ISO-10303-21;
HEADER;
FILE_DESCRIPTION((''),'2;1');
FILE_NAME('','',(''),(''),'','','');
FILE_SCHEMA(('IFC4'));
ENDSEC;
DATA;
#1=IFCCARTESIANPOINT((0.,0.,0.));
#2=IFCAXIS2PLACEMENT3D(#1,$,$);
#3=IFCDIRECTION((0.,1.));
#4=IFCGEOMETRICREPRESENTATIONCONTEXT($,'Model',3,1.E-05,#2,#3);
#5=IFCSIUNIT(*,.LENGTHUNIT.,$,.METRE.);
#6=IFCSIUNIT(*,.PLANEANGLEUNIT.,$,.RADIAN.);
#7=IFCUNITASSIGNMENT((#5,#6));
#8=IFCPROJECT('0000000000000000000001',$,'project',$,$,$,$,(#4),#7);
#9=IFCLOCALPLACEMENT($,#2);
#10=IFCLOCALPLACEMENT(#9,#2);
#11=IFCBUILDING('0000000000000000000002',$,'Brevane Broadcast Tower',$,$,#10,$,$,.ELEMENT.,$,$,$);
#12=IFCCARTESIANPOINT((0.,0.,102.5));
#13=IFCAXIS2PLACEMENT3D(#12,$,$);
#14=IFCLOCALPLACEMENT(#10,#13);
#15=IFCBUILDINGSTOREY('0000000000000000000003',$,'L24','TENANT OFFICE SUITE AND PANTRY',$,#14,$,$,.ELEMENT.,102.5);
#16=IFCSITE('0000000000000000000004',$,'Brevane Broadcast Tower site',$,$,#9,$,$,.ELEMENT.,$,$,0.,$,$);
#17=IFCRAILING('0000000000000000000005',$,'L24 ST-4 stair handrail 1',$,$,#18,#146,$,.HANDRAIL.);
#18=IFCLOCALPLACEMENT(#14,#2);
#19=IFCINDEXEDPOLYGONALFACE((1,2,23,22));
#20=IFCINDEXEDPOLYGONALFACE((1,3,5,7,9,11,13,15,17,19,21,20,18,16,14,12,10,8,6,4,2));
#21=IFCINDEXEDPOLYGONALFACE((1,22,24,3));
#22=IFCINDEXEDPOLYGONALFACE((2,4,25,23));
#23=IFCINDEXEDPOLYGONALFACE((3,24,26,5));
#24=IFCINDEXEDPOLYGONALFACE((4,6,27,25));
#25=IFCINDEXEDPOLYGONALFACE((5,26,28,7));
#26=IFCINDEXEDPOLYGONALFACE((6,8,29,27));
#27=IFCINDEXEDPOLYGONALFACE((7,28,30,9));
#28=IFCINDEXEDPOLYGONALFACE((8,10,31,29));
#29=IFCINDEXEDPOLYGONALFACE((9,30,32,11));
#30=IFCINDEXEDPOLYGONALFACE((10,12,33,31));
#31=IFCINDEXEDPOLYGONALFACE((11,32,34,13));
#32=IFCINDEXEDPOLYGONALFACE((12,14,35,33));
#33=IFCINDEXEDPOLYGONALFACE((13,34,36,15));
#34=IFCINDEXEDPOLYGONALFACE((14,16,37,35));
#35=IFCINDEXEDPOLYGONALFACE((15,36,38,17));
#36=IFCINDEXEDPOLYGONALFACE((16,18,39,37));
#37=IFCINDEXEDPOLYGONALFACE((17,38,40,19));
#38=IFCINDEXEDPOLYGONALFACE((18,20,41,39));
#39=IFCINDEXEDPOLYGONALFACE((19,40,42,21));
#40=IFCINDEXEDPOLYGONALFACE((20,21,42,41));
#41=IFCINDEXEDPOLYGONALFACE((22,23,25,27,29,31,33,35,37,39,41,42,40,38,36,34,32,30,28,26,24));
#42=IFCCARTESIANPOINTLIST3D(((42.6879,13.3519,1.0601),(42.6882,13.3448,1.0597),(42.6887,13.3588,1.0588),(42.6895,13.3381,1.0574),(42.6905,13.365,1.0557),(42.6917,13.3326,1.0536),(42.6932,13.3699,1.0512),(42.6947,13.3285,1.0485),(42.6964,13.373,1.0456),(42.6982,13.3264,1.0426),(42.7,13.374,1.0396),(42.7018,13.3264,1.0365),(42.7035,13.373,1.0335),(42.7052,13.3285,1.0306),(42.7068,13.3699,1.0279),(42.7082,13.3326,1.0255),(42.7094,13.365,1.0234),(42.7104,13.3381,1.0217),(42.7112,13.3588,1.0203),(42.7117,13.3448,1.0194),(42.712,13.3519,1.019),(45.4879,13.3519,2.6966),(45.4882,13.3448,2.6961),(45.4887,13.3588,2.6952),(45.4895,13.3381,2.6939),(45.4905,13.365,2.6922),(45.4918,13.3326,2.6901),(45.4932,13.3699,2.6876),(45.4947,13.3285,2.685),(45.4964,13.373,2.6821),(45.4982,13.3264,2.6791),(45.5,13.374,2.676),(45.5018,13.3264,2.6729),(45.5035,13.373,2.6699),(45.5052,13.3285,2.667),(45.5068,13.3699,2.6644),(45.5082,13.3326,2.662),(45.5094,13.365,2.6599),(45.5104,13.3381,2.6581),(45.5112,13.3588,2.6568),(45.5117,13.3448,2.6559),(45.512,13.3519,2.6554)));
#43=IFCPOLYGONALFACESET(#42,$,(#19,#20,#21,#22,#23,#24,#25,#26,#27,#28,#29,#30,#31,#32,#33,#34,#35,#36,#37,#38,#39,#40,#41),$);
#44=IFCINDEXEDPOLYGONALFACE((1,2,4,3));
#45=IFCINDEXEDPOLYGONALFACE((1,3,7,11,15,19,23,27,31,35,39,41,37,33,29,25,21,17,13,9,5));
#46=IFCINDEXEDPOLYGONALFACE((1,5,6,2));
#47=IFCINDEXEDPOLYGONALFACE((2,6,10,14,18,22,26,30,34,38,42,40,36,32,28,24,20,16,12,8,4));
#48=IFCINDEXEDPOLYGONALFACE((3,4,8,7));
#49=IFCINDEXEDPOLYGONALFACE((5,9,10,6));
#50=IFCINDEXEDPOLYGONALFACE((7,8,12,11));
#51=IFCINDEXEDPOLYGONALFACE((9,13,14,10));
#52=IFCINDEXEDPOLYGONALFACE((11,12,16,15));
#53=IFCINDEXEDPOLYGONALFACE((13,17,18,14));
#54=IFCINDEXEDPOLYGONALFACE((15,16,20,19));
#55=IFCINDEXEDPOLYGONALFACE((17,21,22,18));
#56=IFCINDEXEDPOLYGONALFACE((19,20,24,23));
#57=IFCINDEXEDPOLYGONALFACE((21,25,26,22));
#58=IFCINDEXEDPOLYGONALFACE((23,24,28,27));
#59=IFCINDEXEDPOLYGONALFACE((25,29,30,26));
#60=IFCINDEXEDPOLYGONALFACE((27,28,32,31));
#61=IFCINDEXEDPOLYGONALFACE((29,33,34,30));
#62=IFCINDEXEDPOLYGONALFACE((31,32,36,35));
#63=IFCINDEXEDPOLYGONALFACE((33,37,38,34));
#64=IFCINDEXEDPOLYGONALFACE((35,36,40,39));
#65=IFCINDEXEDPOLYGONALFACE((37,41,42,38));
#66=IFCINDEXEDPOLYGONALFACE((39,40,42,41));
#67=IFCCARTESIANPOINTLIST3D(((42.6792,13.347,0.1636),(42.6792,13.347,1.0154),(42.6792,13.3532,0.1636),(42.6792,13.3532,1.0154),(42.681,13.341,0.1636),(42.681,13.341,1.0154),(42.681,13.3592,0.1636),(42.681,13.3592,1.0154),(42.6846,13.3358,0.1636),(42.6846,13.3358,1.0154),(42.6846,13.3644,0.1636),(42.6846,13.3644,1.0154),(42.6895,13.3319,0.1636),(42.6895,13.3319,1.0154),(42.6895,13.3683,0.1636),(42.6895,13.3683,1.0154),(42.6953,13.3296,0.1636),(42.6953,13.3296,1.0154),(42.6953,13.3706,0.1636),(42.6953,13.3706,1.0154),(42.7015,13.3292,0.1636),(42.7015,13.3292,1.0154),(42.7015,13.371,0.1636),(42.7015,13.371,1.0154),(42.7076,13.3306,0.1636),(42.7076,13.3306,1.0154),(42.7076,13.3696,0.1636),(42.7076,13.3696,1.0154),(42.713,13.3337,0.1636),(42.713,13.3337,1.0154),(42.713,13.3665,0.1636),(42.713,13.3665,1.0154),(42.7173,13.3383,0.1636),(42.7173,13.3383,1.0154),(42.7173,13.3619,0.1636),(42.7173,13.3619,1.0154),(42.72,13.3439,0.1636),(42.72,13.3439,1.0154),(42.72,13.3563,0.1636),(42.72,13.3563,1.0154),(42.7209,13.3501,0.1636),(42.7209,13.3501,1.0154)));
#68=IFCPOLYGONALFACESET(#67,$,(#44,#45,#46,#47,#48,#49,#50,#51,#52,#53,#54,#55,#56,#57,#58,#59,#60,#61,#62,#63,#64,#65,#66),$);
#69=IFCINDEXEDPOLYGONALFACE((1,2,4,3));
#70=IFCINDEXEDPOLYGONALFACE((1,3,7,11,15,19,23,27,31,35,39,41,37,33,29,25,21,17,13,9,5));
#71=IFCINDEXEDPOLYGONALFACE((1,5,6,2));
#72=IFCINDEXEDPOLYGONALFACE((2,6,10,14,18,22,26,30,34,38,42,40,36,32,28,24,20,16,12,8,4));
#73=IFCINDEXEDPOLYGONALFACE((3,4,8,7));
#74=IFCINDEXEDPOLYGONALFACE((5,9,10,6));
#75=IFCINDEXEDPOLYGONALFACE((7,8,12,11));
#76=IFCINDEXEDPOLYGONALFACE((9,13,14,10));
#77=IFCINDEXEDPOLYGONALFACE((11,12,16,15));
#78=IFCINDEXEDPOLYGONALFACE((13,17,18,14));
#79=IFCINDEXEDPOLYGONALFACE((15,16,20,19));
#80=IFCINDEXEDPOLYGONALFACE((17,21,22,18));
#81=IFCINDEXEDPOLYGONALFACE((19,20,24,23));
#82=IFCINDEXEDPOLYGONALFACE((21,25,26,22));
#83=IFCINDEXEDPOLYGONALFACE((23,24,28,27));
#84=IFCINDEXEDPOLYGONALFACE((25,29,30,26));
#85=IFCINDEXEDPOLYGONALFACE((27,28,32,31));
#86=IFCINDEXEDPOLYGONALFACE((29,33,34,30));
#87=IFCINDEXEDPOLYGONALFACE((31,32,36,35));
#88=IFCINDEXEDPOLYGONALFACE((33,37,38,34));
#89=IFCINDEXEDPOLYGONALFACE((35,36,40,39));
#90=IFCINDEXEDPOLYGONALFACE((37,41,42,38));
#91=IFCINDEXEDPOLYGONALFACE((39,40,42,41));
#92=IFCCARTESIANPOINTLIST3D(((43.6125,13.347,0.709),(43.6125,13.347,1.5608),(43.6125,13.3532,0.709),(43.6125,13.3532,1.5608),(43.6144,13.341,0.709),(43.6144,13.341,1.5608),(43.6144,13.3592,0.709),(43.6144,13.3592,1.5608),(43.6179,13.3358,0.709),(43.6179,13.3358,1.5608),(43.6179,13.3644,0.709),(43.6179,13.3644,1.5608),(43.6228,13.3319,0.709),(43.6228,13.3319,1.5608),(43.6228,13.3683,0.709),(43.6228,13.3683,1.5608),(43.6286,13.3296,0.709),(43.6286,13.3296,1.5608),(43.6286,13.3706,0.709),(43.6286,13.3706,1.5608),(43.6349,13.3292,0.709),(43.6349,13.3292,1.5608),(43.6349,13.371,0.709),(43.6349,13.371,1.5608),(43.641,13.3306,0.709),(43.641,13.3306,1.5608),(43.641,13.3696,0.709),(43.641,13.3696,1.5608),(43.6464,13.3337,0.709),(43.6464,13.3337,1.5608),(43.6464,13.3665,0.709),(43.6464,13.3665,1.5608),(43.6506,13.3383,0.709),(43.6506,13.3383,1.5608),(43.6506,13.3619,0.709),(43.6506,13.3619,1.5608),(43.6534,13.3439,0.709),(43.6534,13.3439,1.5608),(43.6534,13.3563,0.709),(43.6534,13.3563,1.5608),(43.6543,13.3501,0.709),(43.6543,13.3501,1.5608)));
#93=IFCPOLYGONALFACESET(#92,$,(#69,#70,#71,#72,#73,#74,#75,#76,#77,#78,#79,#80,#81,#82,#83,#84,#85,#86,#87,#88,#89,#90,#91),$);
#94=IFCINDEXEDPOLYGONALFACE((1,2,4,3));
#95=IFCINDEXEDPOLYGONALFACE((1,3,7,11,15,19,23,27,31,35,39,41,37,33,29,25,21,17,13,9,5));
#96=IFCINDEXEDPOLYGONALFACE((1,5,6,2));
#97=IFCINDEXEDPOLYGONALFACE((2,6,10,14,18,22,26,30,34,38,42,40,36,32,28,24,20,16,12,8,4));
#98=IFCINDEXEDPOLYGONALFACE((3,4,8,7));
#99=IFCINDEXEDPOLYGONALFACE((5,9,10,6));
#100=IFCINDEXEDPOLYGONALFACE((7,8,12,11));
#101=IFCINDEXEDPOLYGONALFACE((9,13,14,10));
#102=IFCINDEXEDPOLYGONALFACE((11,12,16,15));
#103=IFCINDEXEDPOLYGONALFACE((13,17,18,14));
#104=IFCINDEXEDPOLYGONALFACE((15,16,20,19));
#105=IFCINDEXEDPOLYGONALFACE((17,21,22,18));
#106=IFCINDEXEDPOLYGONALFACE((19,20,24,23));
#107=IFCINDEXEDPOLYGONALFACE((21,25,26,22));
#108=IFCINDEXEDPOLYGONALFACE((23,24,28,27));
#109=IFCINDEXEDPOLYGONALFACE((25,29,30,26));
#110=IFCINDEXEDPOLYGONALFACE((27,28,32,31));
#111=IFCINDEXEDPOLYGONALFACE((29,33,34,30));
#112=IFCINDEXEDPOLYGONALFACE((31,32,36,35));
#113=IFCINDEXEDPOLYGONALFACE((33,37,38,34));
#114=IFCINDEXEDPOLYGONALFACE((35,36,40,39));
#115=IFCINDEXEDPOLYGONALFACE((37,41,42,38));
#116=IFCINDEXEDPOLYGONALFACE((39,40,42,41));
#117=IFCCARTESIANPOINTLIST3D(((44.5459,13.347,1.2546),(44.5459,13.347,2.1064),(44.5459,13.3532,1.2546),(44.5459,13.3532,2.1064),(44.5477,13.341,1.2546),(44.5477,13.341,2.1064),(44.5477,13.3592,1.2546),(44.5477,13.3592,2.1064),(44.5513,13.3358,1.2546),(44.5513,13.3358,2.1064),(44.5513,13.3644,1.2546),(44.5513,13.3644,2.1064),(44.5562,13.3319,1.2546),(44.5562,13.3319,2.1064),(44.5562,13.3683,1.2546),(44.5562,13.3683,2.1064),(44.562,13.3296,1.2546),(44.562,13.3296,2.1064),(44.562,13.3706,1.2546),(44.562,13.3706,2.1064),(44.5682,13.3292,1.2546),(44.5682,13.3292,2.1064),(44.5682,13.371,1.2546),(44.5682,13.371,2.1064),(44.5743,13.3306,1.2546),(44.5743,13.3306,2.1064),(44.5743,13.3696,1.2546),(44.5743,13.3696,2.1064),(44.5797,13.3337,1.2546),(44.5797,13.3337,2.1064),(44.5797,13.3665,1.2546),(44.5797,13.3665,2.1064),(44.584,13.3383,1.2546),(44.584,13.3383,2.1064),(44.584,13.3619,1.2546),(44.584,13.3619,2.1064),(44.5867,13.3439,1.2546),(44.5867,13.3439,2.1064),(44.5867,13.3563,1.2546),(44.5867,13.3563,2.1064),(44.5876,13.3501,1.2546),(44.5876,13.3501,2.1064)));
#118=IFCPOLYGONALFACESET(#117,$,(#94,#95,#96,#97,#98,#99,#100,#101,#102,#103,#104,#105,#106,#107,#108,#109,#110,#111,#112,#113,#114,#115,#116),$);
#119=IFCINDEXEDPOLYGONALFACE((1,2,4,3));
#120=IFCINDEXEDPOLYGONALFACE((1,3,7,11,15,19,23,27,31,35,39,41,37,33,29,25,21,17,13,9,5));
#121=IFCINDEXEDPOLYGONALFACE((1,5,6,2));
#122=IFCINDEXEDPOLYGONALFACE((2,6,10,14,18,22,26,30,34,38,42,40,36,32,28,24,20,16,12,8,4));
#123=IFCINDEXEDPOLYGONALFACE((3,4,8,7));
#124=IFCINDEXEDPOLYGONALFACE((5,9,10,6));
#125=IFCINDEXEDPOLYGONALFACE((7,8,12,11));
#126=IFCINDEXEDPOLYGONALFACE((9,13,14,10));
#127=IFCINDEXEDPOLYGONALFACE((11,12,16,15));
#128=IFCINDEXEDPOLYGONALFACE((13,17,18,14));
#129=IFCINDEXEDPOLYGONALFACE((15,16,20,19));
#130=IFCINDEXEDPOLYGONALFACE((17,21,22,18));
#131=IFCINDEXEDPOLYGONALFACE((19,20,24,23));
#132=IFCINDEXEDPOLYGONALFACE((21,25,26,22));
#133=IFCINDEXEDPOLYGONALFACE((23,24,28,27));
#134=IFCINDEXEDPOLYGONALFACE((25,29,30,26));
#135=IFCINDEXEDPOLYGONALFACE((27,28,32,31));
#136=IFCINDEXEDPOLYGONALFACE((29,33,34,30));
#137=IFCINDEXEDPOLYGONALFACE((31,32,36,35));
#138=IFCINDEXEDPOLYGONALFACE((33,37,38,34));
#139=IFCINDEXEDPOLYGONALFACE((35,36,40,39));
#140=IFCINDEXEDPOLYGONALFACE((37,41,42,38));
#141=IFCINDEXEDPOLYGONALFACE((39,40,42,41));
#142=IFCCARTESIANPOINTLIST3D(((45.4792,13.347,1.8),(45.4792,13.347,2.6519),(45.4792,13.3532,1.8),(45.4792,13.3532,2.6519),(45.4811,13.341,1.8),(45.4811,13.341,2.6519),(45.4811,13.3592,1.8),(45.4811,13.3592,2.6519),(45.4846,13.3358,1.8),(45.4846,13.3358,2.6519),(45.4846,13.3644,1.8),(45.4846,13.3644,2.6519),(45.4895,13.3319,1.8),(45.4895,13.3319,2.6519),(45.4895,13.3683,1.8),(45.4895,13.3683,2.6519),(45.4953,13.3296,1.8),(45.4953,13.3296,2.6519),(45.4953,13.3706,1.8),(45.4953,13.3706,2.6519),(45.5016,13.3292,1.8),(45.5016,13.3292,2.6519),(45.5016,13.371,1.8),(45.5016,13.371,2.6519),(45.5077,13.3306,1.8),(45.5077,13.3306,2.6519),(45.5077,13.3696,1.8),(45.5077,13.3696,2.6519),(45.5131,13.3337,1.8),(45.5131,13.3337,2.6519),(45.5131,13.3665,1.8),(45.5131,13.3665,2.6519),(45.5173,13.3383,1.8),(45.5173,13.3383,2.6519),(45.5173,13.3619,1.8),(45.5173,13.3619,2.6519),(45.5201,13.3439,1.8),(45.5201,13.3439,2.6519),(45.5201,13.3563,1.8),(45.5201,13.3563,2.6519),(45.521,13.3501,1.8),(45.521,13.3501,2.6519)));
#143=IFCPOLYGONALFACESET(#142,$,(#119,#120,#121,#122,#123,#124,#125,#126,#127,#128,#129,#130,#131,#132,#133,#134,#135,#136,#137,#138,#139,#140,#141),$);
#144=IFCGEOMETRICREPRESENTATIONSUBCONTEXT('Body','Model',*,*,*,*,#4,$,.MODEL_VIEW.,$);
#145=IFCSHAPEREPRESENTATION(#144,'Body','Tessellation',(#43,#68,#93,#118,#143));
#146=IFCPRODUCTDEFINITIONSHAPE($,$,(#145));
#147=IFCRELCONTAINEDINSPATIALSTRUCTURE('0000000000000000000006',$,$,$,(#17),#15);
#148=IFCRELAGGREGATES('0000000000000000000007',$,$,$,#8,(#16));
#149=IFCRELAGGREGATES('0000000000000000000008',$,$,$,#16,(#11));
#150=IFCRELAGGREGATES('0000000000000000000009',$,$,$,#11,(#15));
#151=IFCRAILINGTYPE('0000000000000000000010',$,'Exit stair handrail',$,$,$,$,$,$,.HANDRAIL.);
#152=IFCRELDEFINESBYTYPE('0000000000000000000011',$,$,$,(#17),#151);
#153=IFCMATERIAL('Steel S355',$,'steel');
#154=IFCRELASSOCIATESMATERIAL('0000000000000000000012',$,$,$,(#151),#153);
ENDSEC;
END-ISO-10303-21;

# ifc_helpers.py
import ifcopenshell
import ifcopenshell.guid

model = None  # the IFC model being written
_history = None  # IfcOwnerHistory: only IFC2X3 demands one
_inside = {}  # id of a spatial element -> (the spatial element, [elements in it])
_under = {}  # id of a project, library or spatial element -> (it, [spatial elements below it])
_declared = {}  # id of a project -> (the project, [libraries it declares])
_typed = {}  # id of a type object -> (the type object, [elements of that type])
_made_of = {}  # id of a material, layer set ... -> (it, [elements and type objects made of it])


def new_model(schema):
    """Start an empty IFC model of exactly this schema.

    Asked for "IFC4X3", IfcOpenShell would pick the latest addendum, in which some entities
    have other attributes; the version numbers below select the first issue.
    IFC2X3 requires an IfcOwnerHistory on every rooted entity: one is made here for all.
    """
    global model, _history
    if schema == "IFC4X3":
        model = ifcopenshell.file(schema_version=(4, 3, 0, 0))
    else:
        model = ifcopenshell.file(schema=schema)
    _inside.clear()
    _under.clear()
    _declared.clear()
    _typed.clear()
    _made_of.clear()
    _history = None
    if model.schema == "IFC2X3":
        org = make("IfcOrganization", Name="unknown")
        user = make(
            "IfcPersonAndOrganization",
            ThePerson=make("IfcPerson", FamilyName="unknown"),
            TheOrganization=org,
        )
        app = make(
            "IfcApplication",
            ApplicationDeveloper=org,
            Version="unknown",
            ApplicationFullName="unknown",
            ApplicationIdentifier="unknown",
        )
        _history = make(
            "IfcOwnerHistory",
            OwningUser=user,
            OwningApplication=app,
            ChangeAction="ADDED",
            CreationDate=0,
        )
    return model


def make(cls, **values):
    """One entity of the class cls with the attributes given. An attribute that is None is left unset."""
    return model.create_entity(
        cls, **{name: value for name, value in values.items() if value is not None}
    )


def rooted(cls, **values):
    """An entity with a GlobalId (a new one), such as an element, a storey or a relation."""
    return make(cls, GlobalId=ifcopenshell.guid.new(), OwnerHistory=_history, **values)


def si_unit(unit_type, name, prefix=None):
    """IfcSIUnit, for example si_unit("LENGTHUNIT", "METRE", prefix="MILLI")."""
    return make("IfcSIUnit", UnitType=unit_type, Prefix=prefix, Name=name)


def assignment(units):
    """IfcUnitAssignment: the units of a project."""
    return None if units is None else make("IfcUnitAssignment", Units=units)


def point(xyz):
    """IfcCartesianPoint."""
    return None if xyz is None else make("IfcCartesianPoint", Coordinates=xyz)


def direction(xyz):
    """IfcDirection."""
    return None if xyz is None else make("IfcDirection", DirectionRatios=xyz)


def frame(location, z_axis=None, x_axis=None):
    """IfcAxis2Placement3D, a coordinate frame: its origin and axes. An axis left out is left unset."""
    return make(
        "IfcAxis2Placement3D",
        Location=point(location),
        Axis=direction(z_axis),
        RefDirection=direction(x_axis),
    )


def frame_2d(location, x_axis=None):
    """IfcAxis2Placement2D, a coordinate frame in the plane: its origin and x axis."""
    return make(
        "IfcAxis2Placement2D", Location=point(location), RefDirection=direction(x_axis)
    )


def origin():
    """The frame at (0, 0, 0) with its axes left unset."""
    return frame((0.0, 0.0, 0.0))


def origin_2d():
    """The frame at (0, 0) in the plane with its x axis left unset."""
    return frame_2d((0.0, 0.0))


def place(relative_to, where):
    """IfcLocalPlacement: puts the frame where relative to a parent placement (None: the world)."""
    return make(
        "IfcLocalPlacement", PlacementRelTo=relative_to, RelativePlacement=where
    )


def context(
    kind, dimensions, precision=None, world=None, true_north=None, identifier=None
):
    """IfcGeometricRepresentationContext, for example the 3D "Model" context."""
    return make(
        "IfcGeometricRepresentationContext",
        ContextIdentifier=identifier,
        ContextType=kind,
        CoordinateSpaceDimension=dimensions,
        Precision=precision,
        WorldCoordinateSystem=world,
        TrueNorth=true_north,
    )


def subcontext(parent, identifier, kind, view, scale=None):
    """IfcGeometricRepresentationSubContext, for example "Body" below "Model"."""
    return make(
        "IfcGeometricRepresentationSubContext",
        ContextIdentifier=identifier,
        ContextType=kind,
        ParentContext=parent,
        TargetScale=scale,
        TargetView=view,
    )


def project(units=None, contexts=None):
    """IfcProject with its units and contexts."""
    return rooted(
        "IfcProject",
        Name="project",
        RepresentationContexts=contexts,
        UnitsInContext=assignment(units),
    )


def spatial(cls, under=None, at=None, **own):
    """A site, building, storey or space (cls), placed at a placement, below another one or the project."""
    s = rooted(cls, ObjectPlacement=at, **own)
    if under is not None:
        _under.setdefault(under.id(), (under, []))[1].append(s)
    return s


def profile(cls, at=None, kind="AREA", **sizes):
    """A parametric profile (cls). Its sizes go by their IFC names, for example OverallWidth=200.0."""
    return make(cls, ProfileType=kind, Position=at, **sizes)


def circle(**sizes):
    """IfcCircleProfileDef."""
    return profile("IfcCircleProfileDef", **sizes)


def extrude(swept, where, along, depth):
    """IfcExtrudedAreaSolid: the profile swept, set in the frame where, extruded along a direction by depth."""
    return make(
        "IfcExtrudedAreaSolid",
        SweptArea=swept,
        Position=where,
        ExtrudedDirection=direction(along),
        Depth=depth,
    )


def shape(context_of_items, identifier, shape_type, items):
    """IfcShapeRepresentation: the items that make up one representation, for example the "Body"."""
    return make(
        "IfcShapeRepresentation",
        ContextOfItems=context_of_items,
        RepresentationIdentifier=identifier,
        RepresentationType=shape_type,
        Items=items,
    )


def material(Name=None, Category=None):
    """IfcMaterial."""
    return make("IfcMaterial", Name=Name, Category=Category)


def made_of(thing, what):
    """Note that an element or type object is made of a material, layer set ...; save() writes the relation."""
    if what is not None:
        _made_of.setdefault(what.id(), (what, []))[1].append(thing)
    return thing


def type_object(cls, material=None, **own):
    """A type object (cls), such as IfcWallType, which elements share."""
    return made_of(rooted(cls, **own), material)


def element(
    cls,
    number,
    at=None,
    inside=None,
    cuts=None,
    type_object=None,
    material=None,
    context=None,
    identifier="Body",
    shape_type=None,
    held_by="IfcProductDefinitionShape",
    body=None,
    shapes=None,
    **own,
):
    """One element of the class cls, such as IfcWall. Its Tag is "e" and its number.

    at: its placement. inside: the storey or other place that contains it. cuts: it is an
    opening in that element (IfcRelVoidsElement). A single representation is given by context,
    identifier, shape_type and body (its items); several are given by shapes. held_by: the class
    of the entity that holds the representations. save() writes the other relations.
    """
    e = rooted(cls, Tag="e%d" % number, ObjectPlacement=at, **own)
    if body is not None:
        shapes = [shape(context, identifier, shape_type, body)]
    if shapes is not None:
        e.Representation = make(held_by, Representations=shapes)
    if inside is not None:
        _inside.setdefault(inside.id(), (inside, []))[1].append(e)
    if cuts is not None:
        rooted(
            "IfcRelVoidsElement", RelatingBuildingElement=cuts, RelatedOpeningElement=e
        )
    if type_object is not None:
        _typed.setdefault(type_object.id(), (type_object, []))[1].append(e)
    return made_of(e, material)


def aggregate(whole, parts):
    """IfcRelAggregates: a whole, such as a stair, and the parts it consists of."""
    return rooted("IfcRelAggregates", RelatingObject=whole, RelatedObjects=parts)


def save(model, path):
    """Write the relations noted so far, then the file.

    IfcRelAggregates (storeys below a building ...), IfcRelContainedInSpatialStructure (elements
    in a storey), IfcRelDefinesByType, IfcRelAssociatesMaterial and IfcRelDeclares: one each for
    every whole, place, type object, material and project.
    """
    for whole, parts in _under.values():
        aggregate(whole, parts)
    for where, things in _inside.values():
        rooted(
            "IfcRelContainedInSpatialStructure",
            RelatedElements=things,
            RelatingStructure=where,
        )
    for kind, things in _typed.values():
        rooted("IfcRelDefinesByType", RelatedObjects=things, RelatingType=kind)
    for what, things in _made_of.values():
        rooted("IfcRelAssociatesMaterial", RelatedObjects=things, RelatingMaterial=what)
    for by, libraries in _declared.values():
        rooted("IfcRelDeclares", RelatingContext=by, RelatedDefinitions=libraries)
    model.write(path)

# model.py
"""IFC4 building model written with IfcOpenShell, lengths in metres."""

from ifc_helpers import new_model, si_unit, direction, frame, origin, origin_2d, place, context, subcontext, project, spatial, circle, extrude, material, type_object, element, save


model = new_model("IFC4")

# Units and contexts
model_context = context("Model", 3, precision=1e-05, world=origin(), true_north=direction((0.0, 1.0)))
body_context = subcontext(model_context, "Body", "Model", "MODEL_VIEW")
ifc_project = project(units=[si_unit("LENGTHUNIT", "METRE"), si_unit("PLANEANGLEUNIT", "RADIAN")], contexts=[model_context])

# Site, building, storey
site_placement = place(None, origin())
site = spatial("IfcSite", under=ifc_project, at=site_placement, Name="Brevane Broadcast Tower site", CompositionType="ELEMENT", RefElevation=0.0)
building_placement = place(site_placement, origin())
building = spatial("IfcBuilding", under=site, at=building_placement, Name="Brevane Broadcast Tower", CompositionType="ELEMENT")
storey_placement = place(building_placement, frame((0.0, 0.0, 102.5)))
storey = spatial("IfcBuildingStorey", under=building, at=storey_placement, Name="L24", Description="TENANT OFFICE SUITE AND PANTRY", CompositionType="ELEMENT", Elevation=102.5)

# Railing
ifc_material_1 = material(Name="Steel S355", Category="steel")
railing_type_1 = type_object("IfcRailingType", Name="Exit stair handrail", PredefinedType="HANDRAIL", material=ifc_material_1)
railing_1_placement = place(storey_placement, frame((42.7, 13.3501, 0.1636)))
element("IfcRailing", 1, at=railing_1_placement, inside=storey, type_object=railing_type_1, Name="L24 ST-4 stair handrail 1", PredefinedType="HANDRAIL", context=body_context, shape_type="SweptSolid", body=[
    extrude(circle(Radius=0.0239, at=origin_2d()), frame((0.0, 0.0, 0.876), z_axis=(0.863361, 0.0, 0.504587), x_axis=(0.0, 1.0, 0.0)), (0.0, 0.0, 1.0), 3.2432),
    extrude(circle(Radius=0.021, at=origin_2d()), origin(), (0.0, 0.0, 1.0), 0.8518),
    extrude(circle(Radius=0.021, at=origin_2d()), frame((0.9333, 0.0, 0.5454)), (0.0, 0.0, 1.0), 0.8518),
    extrude(circle(Radius=0.021, at=origin_2d()), frame((1.8667, 0.0, 1.0911)), (0.0, 0.0, 1.0), 0.8518),
    extrude(circle(Radius=0.021, at=origin_2d()), frame((2.8, 0.0, 1.6365)), (0.0, 0.0, 1.0), 0.8518),
])

save(model, "model.ifc")
